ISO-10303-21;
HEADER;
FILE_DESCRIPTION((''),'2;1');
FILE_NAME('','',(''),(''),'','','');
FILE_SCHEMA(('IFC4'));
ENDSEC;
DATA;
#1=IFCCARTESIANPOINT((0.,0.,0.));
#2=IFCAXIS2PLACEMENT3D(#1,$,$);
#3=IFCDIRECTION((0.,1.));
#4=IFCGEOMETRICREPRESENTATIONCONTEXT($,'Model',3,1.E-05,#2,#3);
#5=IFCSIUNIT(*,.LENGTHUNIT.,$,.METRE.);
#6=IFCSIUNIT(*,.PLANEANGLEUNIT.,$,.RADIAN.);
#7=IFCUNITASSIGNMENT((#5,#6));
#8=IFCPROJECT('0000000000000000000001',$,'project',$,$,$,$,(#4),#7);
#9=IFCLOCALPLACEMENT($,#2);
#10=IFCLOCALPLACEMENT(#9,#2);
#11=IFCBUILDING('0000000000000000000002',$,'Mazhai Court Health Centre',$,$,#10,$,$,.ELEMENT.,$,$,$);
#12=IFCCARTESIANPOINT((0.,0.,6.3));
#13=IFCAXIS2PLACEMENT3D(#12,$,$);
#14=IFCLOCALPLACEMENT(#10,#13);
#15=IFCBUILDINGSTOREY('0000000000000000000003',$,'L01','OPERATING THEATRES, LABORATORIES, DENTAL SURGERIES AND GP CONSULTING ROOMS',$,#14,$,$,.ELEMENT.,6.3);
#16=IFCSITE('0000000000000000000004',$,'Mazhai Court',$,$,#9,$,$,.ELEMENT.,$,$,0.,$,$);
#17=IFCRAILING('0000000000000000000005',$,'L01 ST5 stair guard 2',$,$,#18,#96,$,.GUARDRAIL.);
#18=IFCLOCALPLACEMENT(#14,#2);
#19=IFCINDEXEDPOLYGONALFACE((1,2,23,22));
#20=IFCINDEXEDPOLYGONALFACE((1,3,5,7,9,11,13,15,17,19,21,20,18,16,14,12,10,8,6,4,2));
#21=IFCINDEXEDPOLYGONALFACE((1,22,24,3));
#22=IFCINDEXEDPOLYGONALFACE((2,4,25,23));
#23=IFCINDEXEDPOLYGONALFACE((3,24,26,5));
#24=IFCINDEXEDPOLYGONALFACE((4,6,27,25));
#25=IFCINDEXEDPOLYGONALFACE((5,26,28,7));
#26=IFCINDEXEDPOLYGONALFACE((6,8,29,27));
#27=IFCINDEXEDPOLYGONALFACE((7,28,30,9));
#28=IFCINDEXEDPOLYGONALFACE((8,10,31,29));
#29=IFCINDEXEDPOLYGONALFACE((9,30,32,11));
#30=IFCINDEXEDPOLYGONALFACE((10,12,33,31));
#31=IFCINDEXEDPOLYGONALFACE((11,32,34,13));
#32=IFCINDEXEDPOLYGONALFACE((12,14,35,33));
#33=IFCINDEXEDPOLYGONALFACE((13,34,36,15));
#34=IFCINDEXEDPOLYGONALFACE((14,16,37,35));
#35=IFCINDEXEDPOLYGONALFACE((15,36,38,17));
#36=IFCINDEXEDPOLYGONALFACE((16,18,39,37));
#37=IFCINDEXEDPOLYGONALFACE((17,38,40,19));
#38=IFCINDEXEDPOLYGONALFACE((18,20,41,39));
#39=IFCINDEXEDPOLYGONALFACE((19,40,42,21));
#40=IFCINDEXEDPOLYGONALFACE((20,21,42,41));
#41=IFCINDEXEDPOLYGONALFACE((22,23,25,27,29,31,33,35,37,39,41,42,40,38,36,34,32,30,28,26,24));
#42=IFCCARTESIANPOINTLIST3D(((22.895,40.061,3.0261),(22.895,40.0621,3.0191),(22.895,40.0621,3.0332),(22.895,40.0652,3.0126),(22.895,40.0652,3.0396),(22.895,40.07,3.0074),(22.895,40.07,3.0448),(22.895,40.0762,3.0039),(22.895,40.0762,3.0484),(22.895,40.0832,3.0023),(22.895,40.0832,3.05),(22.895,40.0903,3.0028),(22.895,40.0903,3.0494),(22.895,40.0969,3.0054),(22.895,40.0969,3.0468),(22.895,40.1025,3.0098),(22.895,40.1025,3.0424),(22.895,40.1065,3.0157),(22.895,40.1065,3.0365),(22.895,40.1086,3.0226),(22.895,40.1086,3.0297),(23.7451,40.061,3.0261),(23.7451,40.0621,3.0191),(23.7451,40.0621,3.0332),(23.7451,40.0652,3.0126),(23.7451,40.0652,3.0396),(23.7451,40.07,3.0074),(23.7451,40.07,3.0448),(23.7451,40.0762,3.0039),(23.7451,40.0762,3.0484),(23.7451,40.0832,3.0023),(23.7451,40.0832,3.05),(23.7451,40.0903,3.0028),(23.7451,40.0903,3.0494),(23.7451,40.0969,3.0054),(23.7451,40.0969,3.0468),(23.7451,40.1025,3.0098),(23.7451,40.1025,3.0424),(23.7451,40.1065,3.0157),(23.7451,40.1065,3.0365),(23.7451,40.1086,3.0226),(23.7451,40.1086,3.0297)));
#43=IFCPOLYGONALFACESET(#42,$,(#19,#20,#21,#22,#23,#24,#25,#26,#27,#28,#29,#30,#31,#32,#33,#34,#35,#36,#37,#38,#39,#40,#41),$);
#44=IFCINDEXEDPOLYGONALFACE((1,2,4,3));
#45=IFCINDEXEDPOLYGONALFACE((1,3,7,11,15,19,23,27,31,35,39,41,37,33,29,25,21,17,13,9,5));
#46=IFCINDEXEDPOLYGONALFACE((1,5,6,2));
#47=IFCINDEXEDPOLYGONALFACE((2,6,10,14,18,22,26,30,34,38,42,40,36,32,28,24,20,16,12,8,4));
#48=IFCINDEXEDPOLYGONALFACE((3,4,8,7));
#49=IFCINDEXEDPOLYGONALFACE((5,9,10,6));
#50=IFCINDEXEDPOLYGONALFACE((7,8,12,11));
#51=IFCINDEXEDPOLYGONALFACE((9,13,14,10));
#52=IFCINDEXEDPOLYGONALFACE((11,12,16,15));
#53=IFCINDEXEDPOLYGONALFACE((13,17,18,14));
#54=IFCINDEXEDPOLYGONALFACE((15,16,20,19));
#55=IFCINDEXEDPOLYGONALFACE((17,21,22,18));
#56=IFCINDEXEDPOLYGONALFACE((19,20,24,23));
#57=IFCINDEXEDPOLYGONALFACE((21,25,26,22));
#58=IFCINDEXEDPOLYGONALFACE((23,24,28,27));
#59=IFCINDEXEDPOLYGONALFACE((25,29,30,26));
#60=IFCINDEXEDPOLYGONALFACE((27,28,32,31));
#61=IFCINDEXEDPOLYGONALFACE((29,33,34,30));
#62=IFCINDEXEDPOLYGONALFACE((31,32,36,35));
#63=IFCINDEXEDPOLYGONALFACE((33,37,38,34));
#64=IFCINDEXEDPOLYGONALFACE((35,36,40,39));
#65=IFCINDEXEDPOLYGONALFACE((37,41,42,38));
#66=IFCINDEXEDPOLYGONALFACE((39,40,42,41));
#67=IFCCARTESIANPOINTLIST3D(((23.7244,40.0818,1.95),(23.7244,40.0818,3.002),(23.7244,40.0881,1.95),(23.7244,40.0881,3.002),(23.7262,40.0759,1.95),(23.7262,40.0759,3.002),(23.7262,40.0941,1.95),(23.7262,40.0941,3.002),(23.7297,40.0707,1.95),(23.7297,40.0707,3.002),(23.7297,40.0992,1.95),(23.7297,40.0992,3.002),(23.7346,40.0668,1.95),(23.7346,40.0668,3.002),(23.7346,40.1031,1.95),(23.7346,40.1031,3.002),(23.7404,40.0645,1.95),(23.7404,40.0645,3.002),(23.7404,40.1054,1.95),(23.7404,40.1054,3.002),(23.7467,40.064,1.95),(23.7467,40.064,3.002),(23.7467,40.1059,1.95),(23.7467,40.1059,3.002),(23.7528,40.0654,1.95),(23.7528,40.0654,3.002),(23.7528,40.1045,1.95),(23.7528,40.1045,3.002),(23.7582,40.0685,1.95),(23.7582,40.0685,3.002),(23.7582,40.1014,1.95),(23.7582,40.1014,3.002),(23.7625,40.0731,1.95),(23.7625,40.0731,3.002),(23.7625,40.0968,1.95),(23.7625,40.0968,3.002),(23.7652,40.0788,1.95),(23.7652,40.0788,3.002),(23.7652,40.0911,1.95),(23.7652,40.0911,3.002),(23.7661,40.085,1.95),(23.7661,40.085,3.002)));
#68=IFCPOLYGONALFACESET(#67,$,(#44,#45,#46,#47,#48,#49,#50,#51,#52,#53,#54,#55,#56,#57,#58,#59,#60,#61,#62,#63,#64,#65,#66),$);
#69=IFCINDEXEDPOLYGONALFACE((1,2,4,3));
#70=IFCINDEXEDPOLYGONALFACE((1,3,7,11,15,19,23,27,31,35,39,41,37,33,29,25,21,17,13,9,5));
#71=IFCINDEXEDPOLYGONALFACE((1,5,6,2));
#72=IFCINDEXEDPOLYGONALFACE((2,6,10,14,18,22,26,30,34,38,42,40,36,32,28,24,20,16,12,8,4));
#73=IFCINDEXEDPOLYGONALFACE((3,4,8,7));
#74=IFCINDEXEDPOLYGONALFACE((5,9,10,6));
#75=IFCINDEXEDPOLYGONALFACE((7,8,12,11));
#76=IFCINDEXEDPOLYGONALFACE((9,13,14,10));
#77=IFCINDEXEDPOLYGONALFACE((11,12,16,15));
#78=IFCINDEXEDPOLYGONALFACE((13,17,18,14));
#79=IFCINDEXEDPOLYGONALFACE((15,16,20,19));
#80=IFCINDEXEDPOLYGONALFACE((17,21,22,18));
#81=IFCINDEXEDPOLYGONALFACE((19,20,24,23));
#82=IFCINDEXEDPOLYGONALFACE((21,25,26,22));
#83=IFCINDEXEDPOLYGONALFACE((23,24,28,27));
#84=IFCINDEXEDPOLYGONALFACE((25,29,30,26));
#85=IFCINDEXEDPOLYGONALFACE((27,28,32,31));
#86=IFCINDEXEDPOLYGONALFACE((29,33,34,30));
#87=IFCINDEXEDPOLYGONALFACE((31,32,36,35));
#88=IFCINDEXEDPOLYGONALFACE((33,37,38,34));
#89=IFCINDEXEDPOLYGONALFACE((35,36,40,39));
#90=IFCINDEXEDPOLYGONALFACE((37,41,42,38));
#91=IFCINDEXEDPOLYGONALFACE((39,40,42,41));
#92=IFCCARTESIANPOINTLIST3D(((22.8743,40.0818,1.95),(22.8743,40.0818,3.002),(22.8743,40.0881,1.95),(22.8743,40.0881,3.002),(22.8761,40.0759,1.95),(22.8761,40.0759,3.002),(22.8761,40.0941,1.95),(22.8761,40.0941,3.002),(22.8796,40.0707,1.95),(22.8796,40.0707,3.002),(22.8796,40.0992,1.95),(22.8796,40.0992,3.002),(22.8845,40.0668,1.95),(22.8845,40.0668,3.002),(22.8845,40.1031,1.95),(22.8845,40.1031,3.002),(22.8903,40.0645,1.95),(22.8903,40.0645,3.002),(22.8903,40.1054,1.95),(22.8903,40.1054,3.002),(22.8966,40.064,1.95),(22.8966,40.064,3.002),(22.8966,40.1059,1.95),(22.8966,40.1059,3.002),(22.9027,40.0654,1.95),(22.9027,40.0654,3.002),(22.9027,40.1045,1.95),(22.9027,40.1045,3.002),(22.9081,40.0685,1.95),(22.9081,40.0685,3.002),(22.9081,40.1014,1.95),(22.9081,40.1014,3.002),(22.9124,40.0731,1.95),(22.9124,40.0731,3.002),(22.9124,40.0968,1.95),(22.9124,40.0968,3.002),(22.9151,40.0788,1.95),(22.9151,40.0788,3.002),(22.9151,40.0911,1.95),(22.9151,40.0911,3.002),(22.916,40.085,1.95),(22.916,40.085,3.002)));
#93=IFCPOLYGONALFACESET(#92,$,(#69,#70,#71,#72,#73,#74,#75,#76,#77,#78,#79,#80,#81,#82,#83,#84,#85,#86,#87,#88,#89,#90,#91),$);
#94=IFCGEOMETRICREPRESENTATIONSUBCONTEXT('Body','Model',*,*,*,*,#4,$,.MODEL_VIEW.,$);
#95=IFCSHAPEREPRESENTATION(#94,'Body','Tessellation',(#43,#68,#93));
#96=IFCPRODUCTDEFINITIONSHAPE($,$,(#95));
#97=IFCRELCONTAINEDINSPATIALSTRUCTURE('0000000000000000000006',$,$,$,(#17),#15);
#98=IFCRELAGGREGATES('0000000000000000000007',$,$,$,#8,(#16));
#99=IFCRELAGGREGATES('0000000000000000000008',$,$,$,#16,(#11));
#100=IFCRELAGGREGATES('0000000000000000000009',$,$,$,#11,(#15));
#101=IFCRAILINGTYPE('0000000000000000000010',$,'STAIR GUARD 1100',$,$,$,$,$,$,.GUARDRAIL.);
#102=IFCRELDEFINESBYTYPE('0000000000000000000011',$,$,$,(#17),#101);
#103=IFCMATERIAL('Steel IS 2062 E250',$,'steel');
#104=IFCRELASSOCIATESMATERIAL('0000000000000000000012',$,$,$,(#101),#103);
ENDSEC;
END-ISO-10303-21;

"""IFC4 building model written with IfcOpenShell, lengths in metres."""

from ifc_helpers import new_model, si_unit, direction, frame, origin, origin_2d, place, context, subcontext, project, spatial, circle, extrude, material, type_object, element, save


model = new_model("IFC4")

# Units and contexts
model_context = context("Model", 3, precision=1e-05, world=origin(), true_north=direction((0.0, 1.0)))
body_context = subcontext(model_context, "Body", "Model", "MODEL_VIEW")
ifc_project = project(units=[si_unit("LENGTHUNIT", "METRE"), si_unit("PLANEANGLEUNIT", "RADIAN")], contexts=[model_context])

# Site, building, storey
site_placement = place(None, origin())
site = spatial("IfcSite", under=ifc_project, at=site_placement, Name="Mazhai Court", CompositionType="ELEMENT", RefElevation=0.0)
building_placement = place(site_placement, origin())
building = spatial("IfcBuilding", under=site, at=building_placement, Name="Mazhai Court Health Centre", CompositionType="ELEMENT")
storey_placement = place(building_placement, frame((0.0, 0.0, 6.3)))
storey = spatial("IfcBuildingStorey", under=building, at=storey_placement, Name="L01", Description="OPERATING THEATRES, LABORATORIES, DENTAL SURGERIES AND GP CONSULTING ROOMS", CompositionType="ELEMENT", Elevation=6.3)

# Railing
ifc_material_1 = material(Name="Steel IS 2062 E250", Category="steel")
railing_type_1 = type_object("IfcRailingType", Name="STAIR GUARD 1100", PredefinedType="GUARDRAIL", material=ifc_material_1)
railing_1_placement = place(storey_placement, frame((23.7451, 40.085, 1.95)))
element("IfcRailing", 1, at=railing_1_placement, inside=storey, type_object=railing_type_1, Name="L01 ST5 stair guard 2", PredefinedType="GUARDRAIL", context=body_context, shape_type="SweptSolid", body=[
    extrude(circle(Radius=0.0239, at=origin_2d()), frame((0.0, 0.0, 1.0762), z_axis=(-1.0, 0.0, 0.0), x_axis=(0.0, -1.0, 0.0)), (0.0, 0.0, 1.0), 0.8501),
    extrude(circle(Radius=0.021, at=origin_2d()), origin(), (0.0, 0.0, 1.0), 1.052),
    extrude(circle(Radius=0.021, at=origin_2d()), frame((-0.8501, 0.0, 0.0)), (0.0, 0.0, 1.0), 1.052),
])

save(model, "model.ifc")
